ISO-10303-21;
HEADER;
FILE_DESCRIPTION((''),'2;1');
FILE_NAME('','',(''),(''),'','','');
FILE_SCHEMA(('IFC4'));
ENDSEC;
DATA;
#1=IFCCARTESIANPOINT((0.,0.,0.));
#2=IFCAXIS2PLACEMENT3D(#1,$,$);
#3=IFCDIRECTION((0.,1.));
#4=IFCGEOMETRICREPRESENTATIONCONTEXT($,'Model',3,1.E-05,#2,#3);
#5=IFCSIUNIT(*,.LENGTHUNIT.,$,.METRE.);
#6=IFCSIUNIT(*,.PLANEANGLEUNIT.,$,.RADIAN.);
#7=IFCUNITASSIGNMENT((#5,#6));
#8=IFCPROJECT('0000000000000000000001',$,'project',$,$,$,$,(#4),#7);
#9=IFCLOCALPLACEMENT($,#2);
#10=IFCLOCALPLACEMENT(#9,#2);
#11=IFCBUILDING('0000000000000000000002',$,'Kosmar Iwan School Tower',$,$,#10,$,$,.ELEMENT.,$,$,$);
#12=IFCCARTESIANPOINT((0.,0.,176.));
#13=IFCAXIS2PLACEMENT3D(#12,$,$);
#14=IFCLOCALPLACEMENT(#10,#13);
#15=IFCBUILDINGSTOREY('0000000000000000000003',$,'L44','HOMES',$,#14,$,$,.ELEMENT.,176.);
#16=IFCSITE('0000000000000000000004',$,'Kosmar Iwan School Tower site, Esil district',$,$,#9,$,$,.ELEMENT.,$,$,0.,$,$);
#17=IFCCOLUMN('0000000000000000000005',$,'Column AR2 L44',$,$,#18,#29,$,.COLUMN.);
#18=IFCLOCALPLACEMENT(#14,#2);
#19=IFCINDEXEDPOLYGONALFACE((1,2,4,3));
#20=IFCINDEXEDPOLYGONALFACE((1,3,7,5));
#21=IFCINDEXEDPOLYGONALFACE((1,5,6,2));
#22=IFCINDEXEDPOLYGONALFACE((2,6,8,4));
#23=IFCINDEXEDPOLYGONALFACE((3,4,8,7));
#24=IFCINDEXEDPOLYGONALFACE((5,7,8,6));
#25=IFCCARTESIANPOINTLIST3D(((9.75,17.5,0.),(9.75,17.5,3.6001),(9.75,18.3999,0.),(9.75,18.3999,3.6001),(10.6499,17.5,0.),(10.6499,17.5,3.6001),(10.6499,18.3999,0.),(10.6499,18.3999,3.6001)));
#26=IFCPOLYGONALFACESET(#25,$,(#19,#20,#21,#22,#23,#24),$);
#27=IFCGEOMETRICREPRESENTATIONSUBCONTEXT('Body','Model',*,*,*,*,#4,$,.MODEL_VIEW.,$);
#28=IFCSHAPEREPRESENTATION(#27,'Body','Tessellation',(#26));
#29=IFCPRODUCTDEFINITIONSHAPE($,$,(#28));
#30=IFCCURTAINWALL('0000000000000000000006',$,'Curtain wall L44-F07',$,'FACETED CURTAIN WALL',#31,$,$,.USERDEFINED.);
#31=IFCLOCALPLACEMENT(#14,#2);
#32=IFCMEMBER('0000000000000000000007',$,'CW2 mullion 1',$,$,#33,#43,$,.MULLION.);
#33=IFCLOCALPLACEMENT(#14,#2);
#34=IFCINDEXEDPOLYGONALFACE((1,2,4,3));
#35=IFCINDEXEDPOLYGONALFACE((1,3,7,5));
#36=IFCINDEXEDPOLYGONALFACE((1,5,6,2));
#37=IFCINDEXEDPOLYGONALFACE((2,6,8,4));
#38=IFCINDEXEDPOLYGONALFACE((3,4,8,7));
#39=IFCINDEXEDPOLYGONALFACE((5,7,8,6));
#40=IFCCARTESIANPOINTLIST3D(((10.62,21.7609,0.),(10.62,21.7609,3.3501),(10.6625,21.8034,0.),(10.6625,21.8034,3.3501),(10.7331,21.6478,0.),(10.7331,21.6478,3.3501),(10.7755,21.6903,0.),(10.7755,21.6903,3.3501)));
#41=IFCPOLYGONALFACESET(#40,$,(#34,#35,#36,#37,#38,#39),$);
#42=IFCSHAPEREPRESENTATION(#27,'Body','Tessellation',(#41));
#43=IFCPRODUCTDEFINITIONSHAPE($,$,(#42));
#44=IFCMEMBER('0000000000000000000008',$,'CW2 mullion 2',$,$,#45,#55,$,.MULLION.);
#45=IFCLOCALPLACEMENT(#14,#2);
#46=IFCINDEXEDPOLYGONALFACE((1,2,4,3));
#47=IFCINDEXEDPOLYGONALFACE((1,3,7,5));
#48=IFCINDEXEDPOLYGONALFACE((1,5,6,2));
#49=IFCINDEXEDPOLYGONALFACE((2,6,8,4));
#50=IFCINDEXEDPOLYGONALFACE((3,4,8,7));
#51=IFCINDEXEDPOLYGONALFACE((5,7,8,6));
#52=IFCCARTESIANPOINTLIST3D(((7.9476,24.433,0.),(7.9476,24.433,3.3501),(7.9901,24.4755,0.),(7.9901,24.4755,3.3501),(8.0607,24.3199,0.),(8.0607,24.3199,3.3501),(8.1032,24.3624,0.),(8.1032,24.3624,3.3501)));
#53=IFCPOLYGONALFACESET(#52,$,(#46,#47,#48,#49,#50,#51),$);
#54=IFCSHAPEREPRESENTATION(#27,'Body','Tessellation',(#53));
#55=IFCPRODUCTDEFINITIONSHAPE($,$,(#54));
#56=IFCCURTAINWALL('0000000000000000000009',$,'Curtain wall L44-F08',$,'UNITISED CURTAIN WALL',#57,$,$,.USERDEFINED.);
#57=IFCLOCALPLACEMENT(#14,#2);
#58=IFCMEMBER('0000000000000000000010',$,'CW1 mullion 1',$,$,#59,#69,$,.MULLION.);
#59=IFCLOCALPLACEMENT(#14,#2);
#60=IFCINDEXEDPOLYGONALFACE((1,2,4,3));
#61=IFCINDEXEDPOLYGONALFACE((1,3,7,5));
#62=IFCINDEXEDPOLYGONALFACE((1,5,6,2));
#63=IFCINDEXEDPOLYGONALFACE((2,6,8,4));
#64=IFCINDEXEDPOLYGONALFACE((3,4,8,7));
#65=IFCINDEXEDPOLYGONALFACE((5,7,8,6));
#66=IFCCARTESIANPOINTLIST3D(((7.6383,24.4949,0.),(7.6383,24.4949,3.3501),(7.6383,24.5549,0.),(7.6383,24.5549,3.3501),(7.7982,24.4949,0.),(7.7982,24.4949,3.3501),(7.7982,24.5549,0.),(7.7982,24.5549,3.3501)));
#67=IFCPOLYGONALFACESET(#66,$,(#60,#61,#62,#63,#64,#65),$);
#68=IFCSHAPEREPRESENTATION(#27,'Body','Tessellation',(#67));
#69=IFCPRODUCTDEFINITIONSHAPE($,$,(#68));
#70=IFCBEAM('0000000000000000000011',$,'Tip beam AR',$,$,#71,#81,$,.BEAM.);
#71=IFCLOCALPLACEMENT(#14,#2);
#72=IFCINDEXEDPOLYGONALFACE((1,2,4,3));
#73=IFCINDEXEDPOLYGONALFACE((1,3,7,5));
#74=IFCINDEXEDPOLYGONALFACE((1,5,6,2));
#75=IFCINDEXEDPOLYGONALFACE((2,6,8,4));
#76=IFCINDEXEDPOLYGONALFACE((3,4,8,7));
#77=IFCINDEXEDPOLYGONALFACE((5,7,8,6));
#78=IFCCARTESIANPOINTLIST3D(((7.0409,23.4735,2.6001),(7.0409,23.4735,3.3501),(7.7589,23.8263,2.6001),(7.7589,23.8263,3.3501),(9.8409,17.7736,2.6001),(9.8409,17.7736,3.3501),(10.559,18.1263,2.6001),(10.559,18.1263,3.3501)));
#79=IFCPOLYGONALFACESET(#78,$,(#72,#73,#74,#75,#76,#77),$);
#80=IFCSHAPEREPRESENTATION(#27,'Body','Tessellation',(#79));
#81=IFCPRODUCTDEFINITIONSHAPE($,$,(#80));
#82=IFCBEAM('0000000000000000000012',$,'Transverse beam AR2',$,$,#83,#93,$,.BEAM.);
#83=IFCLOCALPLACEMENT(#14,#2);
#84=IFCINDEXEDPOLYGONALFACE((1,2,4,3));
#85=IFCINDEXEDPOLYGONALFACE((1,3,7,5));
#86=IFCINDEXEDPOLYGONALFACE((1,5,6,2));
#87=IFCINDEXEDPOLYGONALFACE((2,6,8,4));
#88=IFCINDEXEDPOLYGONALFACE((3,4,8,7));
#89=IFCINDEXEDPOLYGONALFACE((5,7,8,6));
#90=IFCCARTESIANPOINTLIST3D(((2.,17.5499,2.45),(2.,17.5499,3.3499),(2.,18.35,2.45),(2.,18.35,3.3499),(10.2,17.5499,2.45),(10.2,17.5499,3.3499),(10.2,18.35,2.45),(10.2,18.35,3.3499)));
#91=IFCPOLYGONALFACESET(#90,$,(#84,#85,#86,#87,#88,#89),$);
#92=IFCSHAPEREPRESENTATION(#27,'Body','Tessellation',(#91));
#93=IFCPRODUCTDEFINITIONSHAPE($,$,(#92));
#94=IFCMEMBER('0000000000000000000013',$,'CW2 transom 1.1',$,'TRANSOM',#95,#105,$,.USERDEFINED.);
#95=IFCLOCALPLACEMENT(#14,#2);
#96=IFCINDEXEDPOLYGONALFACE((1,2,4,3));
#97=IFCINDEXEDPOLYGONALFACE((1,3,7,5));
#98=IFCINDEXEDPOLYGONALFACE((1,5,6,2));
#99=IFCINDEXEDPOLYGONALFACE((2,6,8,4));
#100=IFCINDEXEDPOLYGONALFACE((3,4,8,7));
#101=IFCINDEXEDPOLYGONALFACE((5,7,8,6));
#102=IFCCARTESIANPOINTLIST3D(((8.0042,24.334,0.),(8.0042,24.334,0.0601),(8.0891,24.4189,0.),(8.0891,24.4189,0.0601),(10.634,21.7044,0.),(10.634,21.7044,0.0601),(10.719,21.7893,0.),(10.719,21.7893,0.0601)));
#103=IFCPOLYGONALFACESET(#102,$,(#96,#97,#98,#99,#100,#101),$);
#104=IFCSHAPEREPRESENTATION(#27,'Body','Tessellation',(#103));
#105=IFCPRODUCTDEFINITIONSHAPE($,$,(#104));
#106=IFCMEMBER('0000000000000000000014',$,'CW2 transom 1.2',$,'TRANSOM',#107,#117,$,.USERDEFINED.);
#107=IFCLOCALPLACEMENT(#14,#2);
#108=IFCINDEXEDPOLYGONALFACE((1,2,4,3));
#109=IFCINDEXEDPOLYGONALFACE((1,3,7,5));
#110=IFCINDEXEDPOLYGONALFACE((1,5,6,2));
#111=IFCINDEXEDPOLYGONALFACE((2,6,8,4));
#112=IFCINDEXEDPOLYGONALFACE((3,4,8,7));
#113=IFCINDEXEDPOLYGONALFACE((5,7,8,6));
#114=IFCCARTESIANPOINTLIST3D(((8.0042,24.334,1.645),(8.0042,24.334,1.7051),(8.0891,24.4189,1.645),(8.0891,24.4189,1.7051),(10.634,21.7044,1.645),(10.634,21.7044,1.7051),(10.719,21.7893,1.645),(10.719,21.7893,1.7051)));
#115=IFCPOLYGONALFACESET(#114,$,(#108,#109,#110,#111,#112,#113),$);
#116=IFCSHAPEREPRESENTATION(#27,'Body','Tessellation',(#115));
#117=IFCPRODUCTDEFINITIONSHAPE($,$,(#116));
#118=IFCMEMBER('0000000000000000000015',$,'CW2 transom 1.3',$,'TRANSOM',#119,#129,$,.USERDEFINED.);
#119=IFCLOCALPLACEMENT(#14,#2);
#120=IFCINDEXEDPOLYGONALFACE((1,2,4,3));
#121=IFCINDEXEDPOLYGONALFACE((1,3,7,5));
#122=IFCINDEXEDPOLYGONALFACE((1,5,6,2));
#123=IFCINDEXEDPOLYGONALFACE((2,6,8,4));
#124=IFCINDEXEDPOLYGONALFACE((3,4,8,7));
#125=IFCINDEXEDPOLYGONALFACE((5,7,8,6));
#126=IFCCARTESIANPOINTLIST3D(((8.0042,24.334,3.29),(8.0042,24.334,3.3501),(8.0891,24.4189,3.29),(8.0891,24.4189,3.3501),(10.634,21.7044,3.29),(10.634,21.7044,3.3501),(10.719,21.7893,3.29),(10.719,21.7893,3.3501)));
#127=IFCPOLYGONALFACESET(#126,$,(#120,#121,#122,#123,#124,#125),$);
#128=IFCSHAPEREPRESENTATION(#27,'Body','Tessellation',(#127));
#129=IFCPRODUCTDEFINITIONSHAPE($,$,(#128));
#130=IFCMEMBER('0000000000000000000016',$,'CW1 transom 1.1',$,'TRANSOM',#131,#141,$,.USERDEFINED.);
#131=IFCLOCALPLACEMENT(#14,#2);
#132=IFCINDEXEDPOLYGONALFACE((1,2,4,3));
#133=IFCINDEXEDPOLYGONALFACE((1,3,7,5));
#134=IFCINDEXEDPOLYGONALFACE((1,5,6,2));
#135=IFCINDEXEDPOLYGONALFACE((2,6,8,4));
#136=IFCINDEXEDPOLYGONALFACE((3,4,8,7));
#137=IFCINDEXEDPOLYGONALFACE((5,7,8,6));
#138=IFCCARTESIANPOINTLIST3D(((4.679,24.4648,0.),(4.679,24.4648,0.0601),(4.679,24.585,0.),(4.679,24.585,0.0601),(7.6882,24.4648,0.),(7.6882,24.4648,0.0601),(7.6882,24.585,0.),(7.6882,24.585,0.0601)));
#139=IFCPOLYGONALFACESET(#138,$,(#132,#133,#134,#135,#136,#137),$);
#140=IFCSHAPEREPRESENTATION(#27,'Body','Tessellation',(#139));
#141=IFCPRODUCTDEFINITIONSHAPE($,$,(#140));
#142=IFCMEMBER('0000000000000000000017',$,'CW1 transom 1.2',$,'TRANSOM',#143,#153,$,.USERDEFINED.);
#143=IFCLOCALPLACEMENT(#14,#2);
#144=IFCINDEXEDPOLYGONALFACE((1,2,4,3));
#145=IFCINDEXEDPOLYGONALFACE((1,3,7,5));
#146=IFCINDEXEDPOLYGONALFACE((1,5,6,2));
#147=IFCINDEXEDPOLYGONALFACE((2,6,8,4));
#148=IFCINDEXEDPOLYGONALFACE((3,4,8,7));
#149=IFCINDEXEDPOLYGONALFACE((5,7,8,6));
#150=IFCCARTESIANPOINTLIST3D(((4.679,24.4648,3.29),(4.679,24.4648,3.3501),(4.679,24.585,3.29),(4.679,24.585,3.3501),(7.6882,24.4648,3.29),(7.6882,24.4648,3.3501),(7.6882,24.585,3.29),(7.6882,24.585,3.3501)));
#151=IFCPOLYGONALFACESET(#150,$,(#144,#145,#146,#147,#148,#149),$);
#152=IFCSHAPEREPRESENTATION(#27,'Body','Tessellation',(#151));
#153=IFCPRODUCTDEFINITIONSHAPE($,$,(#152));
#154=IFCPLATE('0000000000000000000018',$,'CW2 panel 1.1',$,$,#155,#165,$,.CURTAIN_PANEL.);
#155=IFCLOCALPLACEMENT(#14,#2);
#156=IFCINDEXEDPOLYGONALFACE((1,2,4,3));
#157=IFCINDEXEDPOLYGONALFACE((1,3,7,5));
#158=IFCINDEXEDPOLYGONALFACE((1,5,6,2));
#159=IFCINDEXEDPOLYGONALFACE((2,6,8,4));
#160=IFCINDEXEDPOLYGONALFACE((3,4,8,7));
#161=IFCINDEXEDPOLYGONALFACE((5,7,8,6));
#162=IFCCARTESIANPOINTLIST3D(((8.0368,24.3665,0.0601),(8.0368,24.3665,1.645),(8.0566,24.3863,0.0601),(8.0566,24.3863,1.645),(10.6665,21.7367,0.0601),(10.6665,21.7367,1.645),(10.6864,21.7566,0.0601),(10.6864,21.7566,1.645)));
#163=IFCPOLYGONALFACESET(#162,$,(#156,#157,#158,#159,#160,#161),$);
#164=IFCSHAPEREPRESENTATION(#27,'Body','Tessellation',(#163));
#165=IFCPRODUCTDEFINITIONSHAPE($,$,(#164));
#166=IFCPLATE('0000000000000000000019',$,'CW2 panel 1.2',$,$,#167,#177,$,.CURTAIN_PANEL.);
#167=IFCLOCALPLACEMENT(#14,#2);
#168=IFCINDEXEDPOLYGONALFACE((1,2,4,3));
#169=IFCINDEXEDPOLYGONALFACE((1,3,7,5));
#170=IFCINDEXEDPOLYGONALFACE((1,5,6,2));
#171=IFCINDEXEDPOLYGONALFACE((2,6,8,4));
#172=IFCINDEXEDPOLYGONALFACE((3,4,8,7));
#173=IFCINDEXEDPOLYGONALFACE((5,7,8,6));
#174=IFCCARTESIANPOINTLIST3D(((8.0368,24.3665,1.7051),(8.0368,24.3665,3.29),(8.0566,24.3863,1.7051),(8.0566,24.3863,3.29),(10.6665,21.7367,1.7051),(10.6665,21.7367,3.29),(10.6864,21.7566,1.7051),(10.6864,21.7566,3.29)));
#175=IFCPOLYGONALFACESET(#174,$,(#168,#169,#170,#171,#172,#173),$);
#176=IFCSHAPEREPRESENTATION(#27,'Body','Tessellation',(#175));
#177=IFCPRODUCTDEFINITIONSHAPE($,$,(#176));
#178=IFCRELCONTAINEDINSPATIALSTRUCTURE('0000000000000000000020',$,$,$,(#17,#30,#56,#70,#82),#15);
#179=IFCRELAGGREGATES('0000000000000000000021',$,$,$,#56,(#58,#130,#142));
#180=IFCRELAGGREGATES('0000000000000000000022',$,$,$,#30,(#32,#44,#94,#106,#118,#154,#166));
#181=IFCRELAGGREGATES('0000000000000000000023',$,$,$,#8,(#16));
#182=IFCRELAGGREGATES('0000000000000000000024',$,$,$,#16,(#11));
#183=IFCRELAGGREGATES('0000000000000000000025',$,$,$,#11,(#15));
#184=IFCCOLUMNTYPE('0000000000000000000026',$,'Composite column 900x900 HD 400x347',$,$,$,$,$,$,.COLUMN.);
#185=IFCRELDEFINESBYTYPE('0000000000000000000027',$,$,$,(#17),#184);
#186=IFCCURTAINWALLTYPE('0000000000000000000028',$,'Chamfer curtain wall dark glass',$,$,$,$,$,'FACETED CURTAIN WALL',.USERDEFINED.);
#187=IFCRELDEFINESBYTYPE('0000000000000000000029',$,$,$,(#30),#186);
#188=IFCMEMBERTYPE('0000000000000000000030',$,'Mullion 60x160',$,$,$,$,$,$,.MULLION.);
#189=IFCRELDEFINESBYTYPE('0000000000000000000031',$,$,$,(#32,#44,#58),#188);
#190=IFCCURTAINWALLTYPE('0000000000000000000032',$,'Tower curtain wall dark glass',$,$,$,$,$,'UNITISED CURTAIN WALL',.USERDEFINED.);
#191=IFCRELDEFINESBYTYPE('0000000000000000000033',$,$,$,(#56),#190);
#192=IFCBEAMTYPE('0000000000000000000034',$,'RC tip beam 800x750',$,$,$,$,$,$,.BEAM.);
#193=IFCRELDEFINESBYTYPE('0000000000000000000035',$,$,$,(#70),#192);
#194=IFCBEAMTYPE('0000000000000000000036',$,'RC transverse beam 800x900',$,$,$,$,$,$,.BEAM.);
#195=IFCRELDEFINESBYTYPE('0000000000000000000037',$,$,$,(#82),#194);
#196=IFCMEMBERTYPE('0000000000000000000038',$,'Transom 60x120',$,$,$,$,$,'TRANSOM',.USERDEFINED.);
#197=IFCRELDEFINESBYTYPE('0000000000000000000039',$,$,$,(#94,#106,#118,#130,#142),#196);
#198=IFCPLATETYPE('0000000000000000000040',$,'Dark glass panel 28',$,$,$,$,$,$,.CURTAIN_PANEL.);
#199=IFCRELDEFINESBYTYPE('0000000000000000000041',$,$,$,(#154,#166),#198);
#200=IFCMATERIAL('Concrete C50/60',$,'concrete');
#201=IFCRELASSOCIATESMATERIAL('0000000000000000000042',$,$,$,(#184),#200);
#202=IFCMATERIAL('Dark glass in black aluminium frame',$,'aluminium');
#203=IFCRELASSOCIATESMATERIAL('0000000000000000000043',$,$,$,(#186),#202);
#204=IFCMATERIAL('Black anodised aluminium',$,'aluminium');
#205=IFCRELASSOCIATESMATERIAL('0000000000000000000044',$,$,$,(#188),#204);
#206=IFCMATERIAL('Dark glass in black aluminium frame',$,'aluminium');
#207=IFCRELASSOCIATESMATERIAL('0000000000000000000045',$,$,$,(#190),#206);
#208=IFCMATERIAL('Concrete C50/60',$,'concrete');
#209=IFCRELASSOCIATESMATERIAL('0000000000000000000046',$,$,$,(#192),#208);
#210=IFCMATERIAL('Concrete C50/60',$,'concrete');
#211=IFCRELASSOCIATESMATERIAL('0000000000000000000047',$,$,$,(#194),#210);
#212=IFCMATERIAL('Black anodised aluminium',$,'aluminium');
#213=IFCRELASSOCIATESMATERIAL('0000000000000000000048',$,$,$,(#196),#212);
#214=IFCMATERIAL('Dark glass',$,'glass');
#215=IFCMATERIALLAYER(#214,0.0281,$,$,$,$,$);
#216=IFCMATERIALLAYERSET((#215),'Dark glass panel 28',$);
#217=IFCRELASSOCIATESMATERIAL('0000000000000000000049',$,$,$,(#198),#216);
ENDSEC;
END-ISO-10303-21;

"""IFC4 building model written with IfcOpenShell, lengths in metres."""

from ifc_helpers import new_model, si_unit, direction, frame, origin, origin_2d, place, context, subcontext, project, spatial, rectangle, extrude, material, layer, layer_set, material_profile, profile_set, type_object, element, aggregate, save


model = new_model("IFC4")

# Units and contexts
model_context = context("Model", 3, precision=1e-05, world=origin(), true_north=direction((0.0, 1.0)))
body_context = subcontext(model_context, "Body", "Model", "MODEL_VIEW")
ifc_project = project(units=[si_unit("LENGTHUNIT", "METRE"), si_unit("PLANEANGLEUNIT", "RADIAN")], contexts=[model_context])

# Site, building, storey
site_placement = place(None, origin())
site = spatial("IfcSite", under=ifc_project, at=site_placement, Name="Kosmar Iwan School Tower site, Esil district", CompositionType="ELEMENT", RefElevation=0.0)
building_placement = place(site_placement, origin())
building = spatial("IfcBuilding", under=site, at=building_placement, Name="Kosmar Iwan School Tower", CompositionType="ELEMENT")
storey_placement = place(building_placement, frame((0.0, 0.0, 176.0)))
storey = spatial("IfcBuildingStorey", under=building, at=storey_placement, Name="L44", Description="HOMES", CompositionType="ELEMENT", Elevation=176.0)

# Column
ifc_material_1 = material(Name="Concrete C50/60", Category="concrete")
ifc_material_profile_1 = material_profile(ifc_material_1, rectangle(XDim=0.8999, YDim=0.8999, at=origin_2d()), Name="RC 900x900 + HD 400x347")
ifc_profile_set_1 = profile_set([ifc_material_profile_1], Name="Concrete C50/60")
column_type = type_object("IfcColumnType", Name="Composite column 900x900 HD 400x347", PredefinedType="COLUMN", material=ifc_profile_set_1)
column_placement = place(storey_placement, frame((10.2, 17.95, 0.0), z_axis=(0.0, 0.0, 1.0), x_axis=(0.0, 1.0, 0.0)))
element("IfcColumn", 1, at=column_placement, inside=storey, type_object=column_type, Name="Column AR2 L44", PredefinedType="COLUMN", context=body_context, shape_type="SweptSolid", body=[
    extrude(rectangle(XDim=0.8999, YDim=0.8999, at=origin_2d()), origin(), (0.0, 0.0, 1.0), 3.6001),
])

# Curtain wall, members
ifc_material_2 = material(Name="Dark glass in black aluminium frame", Category="aluminium")
curtain_wall_type_1 = type_object("IfcCurtainWallType", Name="Chamfer curtain wall dark glass", ElementType="FACETED CURTAIN WALL", PredefinedType="USERDEFINED", material=ifc_material_2)
curtain_wall_1_placement = place(storey_placement, origin())
curtain_wall_1 = element("IfcCurtainWall", 2, at=curtain_wall_1_placement, inside=storey, type_object=curtain_wall_type_1, Name="Curtain wall L44-F07", ObjectType="FACETED CURTAIN WALL", PredefinedType="USERDEFINED")
ifc_material_3 = material(Name="Black anodised aluminium", Category="aluminium")
ifc_material_profile_2 = material_profile(ifc_material_3, rectangle(XDim=0.0601, YDim=0.1599, at=origin_2d()), Name="MULLION 60x160")
ifc_profile_set_2 = profile_set([ifc_material_profile_2], Name="Black anodised aluminium")
member_type_1 = type_object("IfcMemberType", Name="Mullion 60x160", PredefinedType="MULLION", material=ifc_profile_set_2)
member_1_placement = place(storey_placement, frame((10.6978, 21.7256, 0.0), z_axis=(0.0, 0.0, 1.0), x_axis=(-0.707107, -0.707107, 0.0)))
member_1 = element("IfcMember", 3, at=member_1_placement, type_object=member_type_1, Name="CW2 mullion 1", PredefinedType="MULLION", context=body_context, shape_type="SweptSolid", body=[
    extrude(rectangle(XDim=0.0601, YDim=0.1599, at=origin_2d()), origin(), (0.0, 0.0, 1.0), 3.3501),
])
member_2_placement = place(storey_placement, frame((8.0254, 24.3977, 0.0), z_axis=(0.0, 0.0, 1.0), x_axis=(-0.707107, -0.707107, 0.0)))
member_2 = element("IfcMember", 4, at=member_2_placement, type_object=member_type_1, Name="CW2 mullion 2", PredefinedType="MULLION", context=body_context, shape_type="SweptSolid", body=[
    extrude(rectangle(XDim=0.0601, YDim=0.1599, at=origin_2d()), origin(), (0.0, 0.0, 1.0), 3.3501),
])

# Curtain wall, member
ifc_material_4 = material(Name="Dark glass in black aluminium frame", Category="aluminium")
curtain_wall_type_2 = type_object("IfcCurtainWallType", Name="Tower curtain wall dark glass", ElementType="UNITISED CURTAIN WALL", PredefinedType="USERDEFINED", material=ifc_material_4)
curtain_wall_2_placement = place(storey_placement, origin())
curtain_wall_2 = element("IfcCurtainWall", 5, at=curtain_wall_2_placement, inside=storey, type_object=curtain_wall_type_2, Name="Curtain wall L44-F08", ObjectType="UNITISED CURTAIN WALL", PredefinedType="USERDEFINED")
member_3_placement = place(storey_placement, frame((7.7183, 24.5249, 0.0), z_axis=(0.0, 0.0, 1.0), x_axis=(0.0, -1.0, 0.0)))
member_3 = element("IfcMember", 6, at=member_3_placement, type_object=member_type_1, Name="CW1 mullion 1", PredefinedType="MULLION", context=body_context, shape_type="SweptSolid", body=[
    extrude(rectangle(XDim=0.0601, YDim=0.1599, at=origin_2d()), origin(), (0.0, 0.0, 1.0), 3.3501),
])

# Beams
ifc_material_5 = material(Name="Concrete C50/60", Category="concrete")
ifc_material_profile_3 = material_profile(ifc_material_5, rectangle(XDim=0.8, YDim=0.75, at=origin_2d()), Name="RC 800x750")
ifc_profile_set_3 = profile_set([ifc_material_profile_3], Name="Concrete C50/60")
beam_type_1 = type_object("IfcBeamType", Name="RC tip beam 800x750", PredefinedType="BEAM", material=ifc_profile_set_3)
beam_1_placement = place(storey_placement, frame((10.2, 17.95, 2.9751), z_axis=(-0.440913, 0.89755, 0.0), x_axis=(-0.89755, -0.440913, 0.0)))
element("IfcBeam", 7, at=beam_1_placement, inside=storey, type_object=beam_type_1, Name="Tip beam AR", PredefinedType="BEAM", context=body_context, shape_type="SweptSolid", body=[
    extrude(rectangle(XDim=0.8, YDim=0.75, at=origin_2d()), origin(), (0.0, 0.0, 1.0), 6.3506),
])
ifc_material_6 = material(Name="Concrete C50/60", Category="concrete")
ifc_material_profile_4 = material_profile(ifc_material_6, rectangle(XDim=0.8, YDim=0.8999, at=origin_2d()), Name="RC 800x900")
ifc_profile_set_4 = profile_set([ifc_material_profile_4], Name="Concrete C50/60")
beam_type_2 = type_object("IfcBeamType", Name="RC transverse beam 800x900", PredefinedType="BEAM", material=ifc_profile_set_4)
beam_2_placement = place(storey_placement, frame((10.2, 17.95, 2.8999), z_axis=(-1.0, 0.0, 0.0), x_axis=(0.0, -1.0, 0.0)))
element("IfcBeam", 8, at=beam_2_placement, inside=storey, type_object=beam_type_2, Name="Transverse beam AR2", PredefinedType="BEAM", context=body_context, shape_type="SweptSolid", body=[
    extrude(rectangle(XDim=0.8, YDim=0.8999, at=origin_2d()), origin(), (0.0, 0.0, 1.0), 8.2),
])

# Members
ifc_material_7 = material(Name="Black anodised aluminium", Category="aluminium")
ifc_material_profile_5 = material_profile(ifc_material_7, rectangle(XDim=0.1201, YDim=0.0601, at=origin_2d()), Name="TRANSOM 60x120")
ifc_profile_set_5 = profile_set([ifc_material_profile_5], Name="Black anodised aluminium")
member_type_2 = type_object("IfcMemberType", Name="Transom 60x120", ElementType="TRANSOM", PredefinedType="USERDEFINED", material=ifc_profile_set_5)
member_4_placement = place(storey_placement, frame((10.6765, 21.7468, 0.03), z_axis=(-0.70714, 0.707074, 0.0), x_axis=(-0.707074, -0.70714, 0.0)))
member_4 = element("IfcMember", 9, at=member_4_placement, type_object=member_type_2, Name="CW2 transom 1.1", ObjectType="TRANSOM", PredefinedType="USERDEFINED", context=body_context, shape_type="SweptSolid", body=[
    extrude(rectangle(XDim=0.1201, YDim=0.0601, at=origin_2d()), origin(), (0.0, 0.0, 1.0), 3.719),
])
member_5_placement = place(storey_placement, frame((10.6765, 21.7468, 1.675), z_axis=(-0.70714, 0.707074, 0.0), x_axis=(-0.707074, -0.70714, 0.0)))
member_5 = element("IfcMember", 10, at=member_5_placement, type_object=member_type_2, Name="CW2 transom 1.2", ObjectType="TRANSOM", PredefinedType="USERDEFINED", context=body_context, shape_type="SweptSolid", body=[
    extrude(rectangle(XDim=0.1201, YDim=0.0601, at=origin_2d()), origin(), (0.0, 0.0, 1.0), 3.719),
])
member_6_placement = place(storey_placement, frame((10.6765, 21.7468, 3.3201), z_axis=(-0.70714, 0.707074, 0.0), x_axis=(-0.707074, -0.70714, 0.0)))
member_6 = element("IfcMember", 11, at=member_6_placement, type_object=member_type_2, Name="CW2 transom 1.3", ObjectType="TRANSOM", PredefinedType="USERDEFINED", context=body_context, shape_type="SweptSolid", body=[
    extrude(rectangle(XDim=0.1201, YDim=0.0601, at=origin_2d()), origin(), (0.0, 0.0, 1.0), 3.719),
])
member_7_placement = place(storey_placement, frame((7.6882, 24.5249, 0.03), z_axis=(-1.0, 0.0, 0.0), x_axis=(0.0, -1.0, 0.0)))
member_7 = element("IfcMember", 12, at=member_7_placement, type_object=member_type_2, Name="CW1 transom 1.1", ObjectType="TRANSOM", PredefinedType="USERDEFINED", context=body_context, shape_type="SweptSolid", body=[
    extrude(rectangle(XDim=0.1201, YDim=0.0601, at=origin_2d()), origin(), (0.0, 0.0, 1.0), 3.0093),
])
member_8_placement = place(storey_placement, frame((7.6882, 24.5249, 3.3201), z_axis=(-1.0, 0.0, 0.0), x_axis=(0.0, -1.0, 0.0)))
member_8 = element("IfcMember", 13, at=member_8_placement, type_object=member_type_2, Name="CW1 transom 1.2", ObjectType="TRANSOM", PredefinedType="USERDEFINED", context=body_context, shape_type="SweptSolid", body=[
    extrude(rectangle(XDim=0.1201, YDim=0.0601, at=origin_2d()), origin(), (0.0, 0.0, 1.0), 3.0093),
])
aggregate(curtain_wall_2, [member_3, member_7, member_8])

# Plates
ifc_material_8 = material(Name="Dark glass", Category="glass")
ifc_layer = layer(ifc_material_8, 0.0281)
ifc_layer_set = layer_set([ifc_layer], Name="Dark glass panel 28")
plate_type = type_object("IfcPlateType", Name="Dark glass panel 28", PredefinedType="CURTAIN_PANEL", material=ifc_layer_set)
plate_1_placement = place(storey_placement, frame((9.3616, 23.0615, 0.0601), z_axis=(0.0, 0.0, 1.0), x_axis=(-0.707107, 0.707107, 0.0)))
plate_1 = element("IfcPlate", 14, at=plate_1_placement, type_object=plate_type, Name="CW2 panel 1.1", PredefinedType="CURTAIN_PANEL", context=body_context, shape_type="SweptSolid", body=[
    extrude(rectangle(XDim=3.719, YDim=0.0281, at=origin_2d()), origin(), (0.0, 0.0, 1.0), 1.585),
])
plate_2_placement = place(storey_placement, frame((9.3616, 23.0615, 1.7051), z_axis=(0.0, 0.0, 1.0), x_axis=(-0.707107, 0.707107, 0.0)))
plate_2 = element("IfcPlate", 15, at=plate_2_placement, type_object=plate_type, Name="CW2 panel 1.2", PredefinedType="CURTAIN_PANEL", context=body_context, shape_type="SweptSolid", body=[
    extrude(rectangle(XDim=3.719, YDim=0.0281, at=origin_2d()), origin(), (0.0, 0.0, 1.0), 1.585),
])
aggregate(curtain_wall_1, [member_1, member_2, member_4, member_5, member_6, plate_1, plate_2])

save(model, "model.ifc")
